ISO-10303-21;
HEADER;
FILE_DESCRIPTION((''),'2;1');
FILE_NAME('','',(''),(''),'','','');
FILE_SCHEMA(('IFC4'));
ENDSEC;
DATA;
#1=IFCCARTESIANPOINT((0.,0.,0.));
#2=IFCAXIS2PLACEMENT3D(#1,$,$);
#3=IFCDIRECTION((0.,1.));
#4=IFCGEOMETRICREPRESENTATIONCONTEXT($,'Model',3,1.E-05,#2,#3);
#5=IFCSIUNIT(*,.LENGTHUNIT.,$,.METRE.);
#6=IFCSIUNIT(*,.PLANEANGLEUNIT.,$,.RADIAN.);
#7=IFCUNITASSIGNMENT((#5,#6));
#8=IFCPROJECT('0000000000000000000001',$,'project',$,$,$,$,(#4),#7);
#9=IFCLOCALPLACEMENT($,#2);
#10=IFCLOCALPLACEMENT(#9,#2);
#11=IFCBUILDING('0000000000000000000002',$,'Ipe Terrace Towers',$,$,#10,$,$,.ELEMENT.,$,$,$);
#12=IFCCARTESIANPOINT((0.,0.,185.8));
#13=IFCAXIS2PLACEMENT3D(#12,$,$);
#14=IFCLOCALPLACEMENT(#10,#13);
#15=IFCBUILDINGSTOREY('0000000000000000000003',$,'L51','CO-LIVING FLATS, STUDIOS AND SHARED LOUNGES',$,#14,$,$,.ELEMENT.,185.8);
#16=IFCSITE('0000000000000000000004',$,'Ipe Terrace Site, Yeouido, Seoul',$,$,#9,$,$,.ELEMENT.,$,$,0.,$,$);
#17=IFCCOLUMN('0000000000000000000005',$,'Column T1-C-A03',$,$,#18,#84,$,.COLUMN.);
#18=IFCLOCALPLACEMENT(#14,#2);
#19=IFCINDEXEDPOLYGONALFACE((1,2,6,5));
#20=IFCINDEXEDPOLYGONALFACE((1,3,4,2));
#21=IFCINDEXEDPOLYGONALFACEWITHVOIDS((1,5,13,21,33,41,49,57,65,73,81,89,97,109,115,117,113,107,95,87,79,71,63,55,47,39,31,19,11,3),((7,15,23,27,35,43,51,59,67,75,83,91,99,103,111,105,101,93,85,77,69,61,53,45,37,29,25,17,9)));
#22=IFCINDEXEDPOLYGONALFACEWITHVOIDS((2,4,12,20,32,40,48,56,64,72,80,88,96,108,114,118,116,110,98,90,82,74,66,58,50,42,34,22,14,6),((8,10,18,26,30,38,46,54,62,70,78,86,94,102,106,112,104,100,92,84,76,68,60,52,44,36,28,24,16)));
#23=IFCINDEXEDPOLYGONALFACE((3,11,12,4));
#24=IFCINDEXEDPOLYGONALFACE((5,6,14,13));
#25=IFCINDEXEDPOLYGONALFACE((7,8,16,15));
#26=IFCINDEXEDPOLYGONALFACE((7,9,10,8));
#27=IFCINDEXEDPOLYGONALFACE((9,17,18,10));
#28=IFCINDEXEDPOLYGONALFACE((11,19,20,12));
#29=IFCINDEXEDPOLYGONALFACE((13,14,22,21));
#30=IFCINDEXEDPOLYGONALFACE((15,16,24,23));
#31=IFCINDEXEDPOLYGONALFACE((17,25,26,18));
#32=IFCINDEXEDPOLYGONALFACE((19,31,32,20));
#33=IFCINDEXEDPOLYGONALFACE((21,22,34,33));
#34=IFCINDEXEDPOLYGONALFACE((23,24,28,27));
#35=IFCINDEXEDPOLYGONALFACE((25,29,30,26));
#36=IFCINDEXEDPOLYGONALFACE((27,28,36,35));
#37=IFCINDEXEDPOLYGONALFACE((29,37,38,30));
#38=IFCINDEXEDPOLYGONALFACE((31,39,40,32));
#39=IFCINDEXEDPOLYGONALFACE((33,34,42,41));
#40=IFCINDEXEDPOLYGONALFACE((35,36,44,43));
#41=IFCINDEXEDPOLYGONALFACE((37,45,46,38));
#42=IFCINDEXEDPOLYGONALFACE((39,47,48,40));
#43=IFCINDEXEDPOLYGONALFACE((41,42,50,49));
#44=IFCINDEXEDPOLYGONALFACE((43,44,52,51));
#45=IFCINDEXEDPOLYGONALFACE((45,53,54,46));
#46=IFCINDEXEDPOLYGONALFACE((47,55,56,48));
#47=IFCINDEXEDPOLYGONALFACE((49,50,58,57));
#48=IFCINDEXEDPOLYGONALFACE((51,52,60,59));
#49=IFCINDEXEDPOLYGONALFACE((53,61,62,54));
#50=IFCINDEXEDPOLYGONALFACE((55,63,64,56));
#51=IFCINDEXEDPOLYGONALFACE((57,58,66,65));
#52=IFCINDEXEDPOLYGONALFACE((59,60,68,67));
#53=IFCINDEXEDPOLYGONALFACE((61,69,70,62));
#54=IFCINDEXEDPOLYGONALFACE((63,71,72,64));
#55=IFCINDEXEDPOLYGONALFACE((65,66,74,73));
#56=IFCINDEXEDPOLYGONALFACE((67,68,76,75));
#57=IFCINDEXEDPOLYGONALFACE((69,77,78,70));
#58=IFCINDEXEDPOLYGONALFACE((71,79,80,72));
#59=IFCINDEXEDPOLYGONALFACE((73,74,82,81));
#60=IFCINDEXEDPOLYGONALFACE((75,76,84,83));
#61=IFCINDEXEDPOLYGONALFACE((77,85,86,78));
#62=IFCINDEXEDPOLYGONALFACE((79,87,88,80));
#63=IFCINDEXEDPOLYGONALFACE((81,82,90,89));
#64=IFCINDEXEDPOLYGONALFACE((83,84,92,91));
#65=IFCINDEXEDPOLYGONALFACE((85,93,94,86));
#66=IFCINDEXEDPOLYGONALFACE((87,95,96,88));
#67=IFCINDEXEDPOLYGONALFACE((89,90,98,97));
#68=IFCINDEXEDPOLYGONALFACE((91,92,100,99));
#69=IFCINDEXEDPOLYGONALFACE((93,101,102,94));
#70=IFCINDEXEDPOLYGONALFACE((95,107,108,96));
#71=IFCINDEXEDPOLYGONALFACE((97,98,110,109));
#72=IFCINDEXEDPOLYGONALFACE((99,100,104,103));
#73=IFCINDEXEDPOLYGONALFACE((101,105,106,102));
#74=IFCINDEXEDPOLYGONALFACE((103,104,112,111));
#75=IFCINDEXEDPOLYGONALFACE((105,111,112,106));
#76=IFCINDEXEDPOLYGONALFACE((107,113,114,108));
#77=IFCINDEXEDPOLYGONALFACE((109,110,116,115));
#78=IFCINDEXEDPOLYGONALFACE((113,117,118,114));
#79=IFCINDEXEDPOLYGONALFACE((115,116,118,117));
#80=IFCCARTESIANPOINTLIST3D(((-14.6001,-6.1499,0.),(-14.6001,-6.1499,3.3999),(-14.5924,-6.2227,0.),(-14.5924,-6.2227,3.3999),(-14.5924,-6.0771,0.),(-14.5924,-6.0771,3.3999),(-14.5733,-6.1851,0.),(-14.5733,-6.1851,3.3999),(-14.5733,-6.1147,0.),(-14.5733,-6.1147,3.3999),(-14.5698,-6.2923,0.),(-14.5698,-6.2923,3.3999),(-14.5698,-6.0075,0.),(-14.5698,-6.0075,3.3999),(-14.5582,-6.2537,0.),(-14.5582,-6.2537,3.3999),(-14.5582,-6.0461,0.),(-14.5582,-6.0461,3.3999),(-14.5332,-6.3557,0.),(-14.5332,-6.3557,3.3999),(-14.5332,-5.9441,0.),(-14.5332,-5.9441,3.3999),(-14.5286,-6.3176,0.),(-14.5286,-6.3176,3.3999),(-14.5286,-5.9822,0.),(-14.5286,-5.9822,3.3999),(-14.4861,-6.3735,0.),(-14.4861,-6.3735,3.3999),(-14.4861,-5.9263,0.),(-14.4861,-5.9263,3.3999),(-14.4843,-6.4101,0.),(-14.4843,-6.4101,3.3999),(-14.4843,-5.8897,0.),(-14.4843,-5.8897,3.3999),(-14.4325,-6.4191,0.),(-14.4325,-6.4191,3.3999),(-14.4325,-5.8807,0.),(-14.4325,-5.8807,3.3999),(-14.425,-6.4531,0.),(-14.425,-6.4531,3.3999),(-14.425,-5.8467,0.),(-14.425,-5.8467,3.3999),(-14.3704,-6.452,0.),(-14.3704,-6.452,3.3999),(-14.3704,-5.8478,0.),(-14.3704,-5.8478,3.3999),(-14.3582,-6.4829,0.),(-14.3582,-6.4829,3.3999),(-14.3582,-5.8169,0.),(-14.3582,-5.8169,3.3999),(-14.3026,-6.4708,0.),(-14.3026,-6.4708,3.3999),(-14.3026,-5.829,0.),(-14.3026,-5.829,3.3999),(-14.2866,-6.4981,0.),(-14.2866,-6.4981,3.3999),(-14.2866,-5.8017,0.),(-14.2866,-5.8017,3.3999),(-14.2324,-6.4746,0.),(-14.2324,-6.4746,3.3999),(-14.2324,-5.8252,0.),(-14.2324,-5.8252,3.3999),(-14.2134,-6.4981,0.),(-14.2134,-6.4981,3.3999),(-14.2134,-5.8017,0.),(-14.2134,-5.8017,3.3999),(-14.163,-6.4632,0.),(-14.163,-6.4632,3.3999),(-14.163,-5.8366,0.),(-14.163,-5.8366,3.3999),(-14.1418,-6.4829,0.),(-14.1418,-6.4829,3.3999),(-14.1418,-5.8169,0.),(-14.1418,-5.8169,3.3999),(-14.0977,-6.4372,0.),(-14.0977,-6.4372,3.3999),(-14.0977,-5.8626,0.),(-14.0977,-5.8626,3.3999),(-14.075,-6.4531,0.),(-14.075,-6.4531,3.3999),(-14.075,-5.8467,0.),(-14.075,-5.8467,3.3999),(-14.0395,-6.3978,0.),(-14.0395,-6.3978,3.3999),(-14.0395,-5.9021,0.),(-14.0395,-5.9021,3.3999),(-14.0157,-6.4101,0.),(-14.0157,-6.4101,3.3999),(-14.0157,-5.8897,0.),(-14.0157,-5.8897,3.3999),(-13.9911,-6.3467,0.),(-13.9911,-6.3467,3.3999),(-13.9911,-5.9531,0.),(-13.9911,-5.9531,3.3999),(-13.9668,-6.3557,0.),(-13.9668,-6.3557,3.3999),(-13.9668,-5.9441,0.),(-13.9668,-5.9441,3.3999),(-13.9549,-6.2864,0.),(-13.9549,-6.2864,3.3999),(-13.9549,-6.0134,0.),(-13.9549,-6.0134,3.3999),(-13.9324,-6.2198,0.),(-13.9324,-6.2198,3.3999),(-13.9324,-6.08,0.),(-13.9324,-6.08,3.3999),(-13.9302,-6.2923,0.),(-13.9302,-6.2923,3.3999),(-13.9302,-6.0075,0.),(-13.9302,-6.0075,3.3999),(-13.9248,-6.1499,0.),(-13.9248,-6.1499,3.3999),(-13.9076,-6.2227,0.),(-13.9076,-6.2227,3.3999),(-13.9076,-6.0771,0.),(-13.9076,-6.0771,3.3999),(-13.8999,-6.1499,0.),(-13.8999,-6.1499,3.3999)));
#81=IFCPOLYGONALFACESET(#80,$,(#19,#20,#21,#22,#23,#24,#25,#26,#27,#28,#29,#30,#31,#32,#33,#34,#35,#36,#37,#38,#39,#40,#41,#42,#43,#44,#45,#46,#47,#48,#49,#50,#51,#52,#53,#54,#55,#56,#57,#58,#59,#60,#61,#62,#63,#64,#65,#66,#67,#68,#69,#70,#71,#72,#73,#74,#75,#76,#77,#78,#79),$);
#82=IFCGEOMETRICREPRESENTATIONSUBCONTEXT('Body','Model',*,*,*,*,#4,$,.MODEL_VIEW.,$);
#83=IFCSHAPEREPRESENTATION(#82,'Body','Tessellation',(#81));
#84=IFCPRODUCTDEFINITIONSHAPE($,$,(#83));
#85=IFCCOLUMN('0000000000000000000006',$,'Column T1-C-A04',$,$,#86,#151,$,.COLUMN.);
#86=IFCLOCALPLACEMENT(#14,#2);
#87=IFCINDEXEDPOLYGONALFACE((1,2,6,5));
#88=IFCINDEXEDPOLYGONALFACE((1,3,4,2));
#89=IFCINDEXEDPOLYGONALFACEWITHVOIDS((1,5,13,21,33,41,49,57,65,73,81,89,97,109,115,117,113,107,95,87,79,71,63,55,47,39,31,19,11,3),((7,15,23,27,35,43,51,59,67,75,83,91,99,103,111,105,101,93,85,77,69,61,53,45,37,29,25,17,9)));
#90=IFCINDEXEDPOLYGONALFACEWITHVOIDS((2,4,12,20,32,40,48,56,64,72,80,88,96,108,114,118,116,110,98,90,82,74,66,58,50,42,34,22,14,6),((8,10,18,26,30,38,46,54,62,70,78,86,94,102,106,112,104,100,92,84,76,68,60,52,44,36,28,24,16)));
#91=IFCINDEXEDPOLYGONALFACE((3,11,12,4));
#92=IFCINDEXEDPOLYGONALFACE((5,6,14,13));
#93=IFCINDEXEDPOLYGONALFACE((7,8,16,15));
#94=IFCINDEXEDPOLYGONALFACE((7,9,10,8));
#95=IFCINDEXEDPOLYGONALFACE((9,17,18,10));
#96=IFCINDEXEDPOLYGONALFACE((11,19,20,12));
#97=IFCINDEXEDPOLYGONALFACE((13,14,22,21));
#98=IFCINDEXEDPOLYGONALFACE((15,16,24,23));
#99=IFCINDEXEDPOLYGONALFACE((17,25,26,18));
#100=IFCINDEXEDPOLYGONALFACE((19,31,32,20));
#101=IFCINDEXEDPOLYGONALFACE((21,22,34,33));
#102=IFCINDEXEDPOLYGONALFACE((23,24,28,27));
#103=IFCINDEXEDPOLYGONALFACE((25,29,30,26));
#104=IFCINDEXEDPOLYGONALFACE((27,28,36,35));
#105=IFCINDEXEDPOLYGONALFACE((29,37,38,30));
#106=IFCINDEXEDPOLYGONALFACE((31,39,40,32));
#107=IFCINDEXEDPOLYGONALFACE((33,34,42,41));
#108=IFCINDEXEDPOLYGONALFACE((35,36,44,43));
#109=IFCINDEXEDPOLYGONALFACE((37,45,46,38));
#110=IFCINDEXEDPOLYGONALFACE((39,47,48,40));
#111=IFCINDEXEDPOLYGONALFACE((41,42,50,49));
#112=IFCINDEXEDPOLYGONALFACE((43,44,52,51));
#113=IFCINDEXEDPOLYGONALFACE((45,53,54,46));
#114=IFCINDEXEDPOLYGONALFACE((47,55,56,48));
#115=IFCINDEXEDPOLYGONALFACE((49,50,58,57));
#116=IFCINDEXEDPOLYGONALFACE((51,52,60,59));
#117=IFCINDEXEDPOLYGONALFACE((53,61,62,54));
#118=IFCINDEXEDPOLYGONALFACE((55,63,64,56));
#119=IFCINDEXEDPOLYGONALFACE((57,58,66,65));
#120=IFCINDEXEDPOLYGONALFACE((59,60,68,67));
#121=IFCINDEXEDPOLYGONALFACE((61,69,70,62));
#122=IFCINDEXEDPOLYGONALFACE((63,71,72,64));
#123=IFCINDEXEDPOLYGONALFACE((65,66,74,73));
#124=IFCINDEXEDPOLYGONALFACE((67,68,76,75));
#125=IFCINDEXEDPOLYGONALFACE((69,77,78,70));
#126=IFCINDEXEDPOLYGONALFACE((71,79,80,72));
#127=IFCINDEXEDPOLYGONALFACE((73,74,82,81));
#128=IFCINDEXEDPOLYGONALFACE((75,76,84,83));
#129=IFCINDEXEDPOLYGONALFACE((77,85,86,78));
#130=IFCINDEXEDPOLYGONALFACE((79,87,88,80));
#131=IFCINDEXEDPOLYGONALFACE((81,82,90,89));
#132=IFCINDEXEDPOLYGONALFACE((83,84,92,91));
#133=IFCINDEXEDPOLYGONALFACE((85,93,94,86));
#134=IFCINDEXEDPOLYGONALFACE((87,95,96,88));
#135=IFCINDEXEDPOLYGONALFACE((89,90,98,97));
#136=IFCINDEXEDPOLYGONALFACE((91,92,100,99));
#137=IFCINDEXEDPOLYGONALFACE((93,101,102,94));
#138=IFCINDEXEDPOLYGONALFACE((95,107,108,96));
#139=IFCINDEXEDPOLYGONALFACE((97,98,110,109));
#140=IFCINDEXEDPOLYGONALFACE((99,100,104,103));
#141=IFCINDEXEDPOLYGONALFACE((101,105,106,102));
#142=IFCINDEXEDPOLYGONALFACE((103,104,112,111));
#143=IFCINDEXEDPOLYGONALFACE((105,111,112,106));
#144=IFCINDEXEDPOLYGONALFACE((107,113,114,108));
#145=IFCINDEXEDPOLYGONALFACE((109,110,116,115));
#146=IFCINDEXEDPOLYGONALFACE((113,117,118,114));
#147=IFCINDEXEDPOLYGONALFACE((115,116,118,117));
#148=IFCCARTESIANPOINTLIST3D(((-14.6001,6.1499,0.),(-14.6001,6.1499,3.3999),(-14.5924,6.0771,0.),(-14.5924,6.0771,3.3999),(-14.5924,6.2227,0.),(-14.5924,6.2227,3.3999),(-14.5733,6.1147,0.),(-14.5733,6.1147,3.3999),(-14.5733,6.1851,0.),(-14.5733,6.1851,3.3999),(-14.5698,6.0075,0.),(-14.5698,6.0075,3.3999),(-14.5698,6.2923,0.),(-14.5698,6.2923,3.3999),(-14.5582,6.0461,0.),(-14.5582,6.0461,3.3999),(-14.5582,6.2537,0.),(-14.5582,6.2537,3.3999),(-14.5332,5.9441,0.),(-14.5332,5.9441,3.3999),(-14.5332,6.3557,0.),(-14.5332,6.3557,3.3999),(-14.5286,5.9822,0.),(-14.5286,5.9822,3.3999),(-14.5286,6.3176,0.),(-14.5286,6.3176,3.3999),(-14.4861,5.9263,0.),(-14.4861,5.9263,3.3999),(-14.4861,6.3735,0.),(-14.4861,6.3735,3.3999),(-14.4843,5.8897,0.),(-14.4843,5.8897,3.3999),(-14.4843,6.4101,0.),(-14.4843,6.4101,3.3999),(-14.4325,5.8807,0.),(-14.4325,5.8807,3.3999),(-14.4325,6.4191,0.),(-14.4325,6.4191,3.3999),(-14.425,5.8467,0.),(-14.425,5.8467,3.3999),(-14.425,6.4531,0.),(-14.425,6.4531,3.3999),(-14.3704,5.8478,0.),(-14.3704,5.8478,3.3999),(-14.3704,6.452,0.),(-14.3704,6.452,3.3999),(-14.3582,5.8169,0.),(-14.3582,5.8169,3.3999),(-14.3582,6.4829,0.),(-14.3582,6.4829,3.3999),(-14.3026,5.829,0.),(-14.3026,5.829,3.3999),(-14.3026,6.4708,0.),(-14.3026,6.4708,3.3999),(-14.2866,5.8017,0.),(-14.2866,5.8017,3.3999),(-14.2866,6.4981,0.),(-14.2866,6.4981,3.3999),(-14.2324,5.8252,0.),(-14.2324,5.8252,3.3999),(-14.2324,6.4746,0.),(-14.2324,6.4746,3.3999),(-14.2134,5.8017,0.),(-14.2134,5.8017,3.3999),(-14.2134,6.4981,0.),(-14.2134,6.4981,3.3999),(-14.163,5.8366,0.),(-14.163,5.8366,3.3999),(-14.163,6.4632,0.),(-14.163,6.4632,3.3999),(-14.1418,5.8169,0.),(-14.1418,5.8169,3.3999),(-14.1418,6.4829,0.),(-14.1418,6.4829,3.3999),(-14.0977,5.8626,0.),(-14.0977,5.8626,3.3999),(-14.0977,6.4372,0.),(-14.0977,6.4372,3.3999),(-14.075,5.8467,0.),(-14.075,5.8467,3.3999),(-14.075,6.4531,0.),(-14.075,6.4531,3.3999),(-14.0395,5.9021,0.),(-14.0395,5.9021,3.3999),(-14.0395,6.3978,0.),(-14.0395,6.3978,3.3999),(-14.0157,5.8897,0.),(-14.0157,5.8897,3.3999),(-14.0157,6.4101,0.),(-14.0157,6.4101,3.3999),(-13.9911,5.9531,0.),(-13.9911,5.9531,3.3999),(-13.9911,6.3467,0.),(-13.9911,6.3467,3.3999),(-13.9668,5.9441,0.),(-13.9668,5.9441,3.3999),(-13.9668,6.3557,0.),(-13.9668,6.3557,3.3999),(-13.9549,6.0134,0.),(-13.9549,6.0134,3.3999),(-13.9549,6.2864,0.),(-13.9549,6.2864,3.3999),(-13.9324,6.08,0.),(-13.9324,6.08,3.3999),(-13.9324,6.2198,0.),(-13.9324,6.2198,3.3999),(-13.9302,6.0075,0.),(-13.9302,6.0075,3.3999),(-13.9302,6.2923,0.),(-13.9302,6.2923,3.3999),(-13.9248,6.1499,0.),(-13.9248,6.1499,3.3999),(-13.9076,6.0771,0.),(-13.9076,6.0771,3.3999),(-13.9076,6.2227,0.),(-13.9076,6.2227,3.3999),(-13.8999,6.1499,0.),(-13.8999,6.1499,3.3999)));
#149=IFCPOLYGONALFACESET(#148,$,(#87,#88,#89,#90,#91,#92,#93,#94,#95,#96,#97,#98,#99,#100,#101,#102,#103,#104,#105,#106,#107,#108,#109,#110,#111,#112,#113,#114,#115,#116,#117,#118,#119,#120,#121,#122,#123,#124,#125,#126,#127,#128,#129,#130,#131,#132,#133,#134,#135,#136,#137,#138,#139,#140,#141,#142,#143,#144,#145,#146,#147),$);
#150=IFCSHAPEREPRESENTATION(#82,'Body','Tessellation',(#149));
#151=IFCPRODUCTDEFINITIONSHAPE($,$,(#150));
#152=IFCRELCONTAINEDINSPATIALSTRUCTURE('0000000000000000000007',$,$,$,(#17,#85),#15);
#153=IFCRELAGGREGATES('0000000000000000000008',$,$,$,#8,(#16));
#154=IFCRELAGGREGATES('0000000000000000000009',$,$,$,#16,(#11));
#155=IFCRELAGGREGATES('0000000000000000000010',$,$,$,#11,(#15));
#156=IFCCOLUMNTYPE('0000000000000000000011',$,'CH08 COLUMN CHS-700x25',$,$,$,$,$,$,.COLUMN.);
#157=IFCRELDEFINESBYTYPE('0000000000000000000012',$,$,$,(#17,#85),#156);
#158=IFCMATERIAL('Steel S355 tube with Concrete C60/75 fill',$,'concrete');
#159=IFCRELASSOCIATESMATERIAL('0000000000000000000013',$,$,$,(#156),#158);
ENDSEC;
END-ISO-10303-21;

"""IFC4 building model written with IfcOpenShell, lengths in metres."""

from ifc_helpers import new_model, si_unit, direction, frame, origin, origin_2d, place, context, subcontext, project, spatial, hollow_circle, extrude, material, material_profile, profile_set, type_object, element, save


model = new_model("IFC4")

# Units and contexts
model_context = context("Model", 3, precision=1e-05, world=origin(), true_north=direction((0.0, 1.0)))
body_context = subcontext(model_context, "Body", "Model", "MODEL_VIEW")
ifc_project = project(units=[si_unit("LENGTHUNIT", "METRE"), si_unit("PLANEANGLEUNIT", "RADIAN")], contexts=[model_context])

# Site, building, storey
site_placement = place(None, origin())
site = spatial("IfcSite", under=ifc_project, at=site_placement, Name="Ipe Terrace Site, Yeouido, Seoul", CompositionType="ELEMENT", RefElevation=0.0)
building_placement = place(site_placement, origin())
building = spatial("IfcBuilding", under=site, at=building_placement, Name="Ipe Terrace Towers", CompositionType="ELEMENT")
storey_placement = place(building_placement, frame((0.0, 0.0, 185.8)))
storey = spatial("IfcBuildingStorey", under=building, at=storey_placement, Name="L51", Description="CO-LIVING FLATS, STUDIOS AND SHARED LOUNGES", CompositionType="ELEMENT", Elevation=185.8)

# Columns
ifc_material_1 = material(Name="Steel S355 tube with Concrete C60/75 fill", Category="concrete")
ifc_material_profile_1 = material_profile(ifc_material_1, hollow_circle(Radius=0.3501, WallThickness=0.0249, at=origin_2d()), Name="CHS-700x25")
ifc_profile_set_1 = profile_set([ifc_material_profile_1], Name="Steel S355 tube with Concrete C60/75 fill")
column_type = type_object("IfcColumnType", Name="CH08 COLUMN CHS-700x25", PredefinedType="COLUMN", material=ifc_profile_set_1)
for number, where, z_axis, x_axis, name in (
    (1, (-14.25, -6.1499, 0.0), (0.0, 0.0, 1.0), (1.0, 0.0, 0.0), "Column T1-C-A03"),
    (2, (-14.25, 6.1499, 0.0), (0.0, 0.0, 1.0), (1.0, 0.0, 0.0), "Column T1-C-A04"),
):
    element("IfcColumn", number, at=place(storey_placement, frame(where, z_axis=z_axis, x_axis=x_axis)), inside=storey, type_object=column_type, Name=name, PredefinedType="COLUMN", context=body_context, shape_type="SweptSolid", body=[
        extrude(hollow_circle(Radius=0.3501, WallThickness=0.0249, at=origin_2d()), origin(), (0.0, 0.0, 1.0), 3.3999),
    ])

save(model, "model.ifc")
